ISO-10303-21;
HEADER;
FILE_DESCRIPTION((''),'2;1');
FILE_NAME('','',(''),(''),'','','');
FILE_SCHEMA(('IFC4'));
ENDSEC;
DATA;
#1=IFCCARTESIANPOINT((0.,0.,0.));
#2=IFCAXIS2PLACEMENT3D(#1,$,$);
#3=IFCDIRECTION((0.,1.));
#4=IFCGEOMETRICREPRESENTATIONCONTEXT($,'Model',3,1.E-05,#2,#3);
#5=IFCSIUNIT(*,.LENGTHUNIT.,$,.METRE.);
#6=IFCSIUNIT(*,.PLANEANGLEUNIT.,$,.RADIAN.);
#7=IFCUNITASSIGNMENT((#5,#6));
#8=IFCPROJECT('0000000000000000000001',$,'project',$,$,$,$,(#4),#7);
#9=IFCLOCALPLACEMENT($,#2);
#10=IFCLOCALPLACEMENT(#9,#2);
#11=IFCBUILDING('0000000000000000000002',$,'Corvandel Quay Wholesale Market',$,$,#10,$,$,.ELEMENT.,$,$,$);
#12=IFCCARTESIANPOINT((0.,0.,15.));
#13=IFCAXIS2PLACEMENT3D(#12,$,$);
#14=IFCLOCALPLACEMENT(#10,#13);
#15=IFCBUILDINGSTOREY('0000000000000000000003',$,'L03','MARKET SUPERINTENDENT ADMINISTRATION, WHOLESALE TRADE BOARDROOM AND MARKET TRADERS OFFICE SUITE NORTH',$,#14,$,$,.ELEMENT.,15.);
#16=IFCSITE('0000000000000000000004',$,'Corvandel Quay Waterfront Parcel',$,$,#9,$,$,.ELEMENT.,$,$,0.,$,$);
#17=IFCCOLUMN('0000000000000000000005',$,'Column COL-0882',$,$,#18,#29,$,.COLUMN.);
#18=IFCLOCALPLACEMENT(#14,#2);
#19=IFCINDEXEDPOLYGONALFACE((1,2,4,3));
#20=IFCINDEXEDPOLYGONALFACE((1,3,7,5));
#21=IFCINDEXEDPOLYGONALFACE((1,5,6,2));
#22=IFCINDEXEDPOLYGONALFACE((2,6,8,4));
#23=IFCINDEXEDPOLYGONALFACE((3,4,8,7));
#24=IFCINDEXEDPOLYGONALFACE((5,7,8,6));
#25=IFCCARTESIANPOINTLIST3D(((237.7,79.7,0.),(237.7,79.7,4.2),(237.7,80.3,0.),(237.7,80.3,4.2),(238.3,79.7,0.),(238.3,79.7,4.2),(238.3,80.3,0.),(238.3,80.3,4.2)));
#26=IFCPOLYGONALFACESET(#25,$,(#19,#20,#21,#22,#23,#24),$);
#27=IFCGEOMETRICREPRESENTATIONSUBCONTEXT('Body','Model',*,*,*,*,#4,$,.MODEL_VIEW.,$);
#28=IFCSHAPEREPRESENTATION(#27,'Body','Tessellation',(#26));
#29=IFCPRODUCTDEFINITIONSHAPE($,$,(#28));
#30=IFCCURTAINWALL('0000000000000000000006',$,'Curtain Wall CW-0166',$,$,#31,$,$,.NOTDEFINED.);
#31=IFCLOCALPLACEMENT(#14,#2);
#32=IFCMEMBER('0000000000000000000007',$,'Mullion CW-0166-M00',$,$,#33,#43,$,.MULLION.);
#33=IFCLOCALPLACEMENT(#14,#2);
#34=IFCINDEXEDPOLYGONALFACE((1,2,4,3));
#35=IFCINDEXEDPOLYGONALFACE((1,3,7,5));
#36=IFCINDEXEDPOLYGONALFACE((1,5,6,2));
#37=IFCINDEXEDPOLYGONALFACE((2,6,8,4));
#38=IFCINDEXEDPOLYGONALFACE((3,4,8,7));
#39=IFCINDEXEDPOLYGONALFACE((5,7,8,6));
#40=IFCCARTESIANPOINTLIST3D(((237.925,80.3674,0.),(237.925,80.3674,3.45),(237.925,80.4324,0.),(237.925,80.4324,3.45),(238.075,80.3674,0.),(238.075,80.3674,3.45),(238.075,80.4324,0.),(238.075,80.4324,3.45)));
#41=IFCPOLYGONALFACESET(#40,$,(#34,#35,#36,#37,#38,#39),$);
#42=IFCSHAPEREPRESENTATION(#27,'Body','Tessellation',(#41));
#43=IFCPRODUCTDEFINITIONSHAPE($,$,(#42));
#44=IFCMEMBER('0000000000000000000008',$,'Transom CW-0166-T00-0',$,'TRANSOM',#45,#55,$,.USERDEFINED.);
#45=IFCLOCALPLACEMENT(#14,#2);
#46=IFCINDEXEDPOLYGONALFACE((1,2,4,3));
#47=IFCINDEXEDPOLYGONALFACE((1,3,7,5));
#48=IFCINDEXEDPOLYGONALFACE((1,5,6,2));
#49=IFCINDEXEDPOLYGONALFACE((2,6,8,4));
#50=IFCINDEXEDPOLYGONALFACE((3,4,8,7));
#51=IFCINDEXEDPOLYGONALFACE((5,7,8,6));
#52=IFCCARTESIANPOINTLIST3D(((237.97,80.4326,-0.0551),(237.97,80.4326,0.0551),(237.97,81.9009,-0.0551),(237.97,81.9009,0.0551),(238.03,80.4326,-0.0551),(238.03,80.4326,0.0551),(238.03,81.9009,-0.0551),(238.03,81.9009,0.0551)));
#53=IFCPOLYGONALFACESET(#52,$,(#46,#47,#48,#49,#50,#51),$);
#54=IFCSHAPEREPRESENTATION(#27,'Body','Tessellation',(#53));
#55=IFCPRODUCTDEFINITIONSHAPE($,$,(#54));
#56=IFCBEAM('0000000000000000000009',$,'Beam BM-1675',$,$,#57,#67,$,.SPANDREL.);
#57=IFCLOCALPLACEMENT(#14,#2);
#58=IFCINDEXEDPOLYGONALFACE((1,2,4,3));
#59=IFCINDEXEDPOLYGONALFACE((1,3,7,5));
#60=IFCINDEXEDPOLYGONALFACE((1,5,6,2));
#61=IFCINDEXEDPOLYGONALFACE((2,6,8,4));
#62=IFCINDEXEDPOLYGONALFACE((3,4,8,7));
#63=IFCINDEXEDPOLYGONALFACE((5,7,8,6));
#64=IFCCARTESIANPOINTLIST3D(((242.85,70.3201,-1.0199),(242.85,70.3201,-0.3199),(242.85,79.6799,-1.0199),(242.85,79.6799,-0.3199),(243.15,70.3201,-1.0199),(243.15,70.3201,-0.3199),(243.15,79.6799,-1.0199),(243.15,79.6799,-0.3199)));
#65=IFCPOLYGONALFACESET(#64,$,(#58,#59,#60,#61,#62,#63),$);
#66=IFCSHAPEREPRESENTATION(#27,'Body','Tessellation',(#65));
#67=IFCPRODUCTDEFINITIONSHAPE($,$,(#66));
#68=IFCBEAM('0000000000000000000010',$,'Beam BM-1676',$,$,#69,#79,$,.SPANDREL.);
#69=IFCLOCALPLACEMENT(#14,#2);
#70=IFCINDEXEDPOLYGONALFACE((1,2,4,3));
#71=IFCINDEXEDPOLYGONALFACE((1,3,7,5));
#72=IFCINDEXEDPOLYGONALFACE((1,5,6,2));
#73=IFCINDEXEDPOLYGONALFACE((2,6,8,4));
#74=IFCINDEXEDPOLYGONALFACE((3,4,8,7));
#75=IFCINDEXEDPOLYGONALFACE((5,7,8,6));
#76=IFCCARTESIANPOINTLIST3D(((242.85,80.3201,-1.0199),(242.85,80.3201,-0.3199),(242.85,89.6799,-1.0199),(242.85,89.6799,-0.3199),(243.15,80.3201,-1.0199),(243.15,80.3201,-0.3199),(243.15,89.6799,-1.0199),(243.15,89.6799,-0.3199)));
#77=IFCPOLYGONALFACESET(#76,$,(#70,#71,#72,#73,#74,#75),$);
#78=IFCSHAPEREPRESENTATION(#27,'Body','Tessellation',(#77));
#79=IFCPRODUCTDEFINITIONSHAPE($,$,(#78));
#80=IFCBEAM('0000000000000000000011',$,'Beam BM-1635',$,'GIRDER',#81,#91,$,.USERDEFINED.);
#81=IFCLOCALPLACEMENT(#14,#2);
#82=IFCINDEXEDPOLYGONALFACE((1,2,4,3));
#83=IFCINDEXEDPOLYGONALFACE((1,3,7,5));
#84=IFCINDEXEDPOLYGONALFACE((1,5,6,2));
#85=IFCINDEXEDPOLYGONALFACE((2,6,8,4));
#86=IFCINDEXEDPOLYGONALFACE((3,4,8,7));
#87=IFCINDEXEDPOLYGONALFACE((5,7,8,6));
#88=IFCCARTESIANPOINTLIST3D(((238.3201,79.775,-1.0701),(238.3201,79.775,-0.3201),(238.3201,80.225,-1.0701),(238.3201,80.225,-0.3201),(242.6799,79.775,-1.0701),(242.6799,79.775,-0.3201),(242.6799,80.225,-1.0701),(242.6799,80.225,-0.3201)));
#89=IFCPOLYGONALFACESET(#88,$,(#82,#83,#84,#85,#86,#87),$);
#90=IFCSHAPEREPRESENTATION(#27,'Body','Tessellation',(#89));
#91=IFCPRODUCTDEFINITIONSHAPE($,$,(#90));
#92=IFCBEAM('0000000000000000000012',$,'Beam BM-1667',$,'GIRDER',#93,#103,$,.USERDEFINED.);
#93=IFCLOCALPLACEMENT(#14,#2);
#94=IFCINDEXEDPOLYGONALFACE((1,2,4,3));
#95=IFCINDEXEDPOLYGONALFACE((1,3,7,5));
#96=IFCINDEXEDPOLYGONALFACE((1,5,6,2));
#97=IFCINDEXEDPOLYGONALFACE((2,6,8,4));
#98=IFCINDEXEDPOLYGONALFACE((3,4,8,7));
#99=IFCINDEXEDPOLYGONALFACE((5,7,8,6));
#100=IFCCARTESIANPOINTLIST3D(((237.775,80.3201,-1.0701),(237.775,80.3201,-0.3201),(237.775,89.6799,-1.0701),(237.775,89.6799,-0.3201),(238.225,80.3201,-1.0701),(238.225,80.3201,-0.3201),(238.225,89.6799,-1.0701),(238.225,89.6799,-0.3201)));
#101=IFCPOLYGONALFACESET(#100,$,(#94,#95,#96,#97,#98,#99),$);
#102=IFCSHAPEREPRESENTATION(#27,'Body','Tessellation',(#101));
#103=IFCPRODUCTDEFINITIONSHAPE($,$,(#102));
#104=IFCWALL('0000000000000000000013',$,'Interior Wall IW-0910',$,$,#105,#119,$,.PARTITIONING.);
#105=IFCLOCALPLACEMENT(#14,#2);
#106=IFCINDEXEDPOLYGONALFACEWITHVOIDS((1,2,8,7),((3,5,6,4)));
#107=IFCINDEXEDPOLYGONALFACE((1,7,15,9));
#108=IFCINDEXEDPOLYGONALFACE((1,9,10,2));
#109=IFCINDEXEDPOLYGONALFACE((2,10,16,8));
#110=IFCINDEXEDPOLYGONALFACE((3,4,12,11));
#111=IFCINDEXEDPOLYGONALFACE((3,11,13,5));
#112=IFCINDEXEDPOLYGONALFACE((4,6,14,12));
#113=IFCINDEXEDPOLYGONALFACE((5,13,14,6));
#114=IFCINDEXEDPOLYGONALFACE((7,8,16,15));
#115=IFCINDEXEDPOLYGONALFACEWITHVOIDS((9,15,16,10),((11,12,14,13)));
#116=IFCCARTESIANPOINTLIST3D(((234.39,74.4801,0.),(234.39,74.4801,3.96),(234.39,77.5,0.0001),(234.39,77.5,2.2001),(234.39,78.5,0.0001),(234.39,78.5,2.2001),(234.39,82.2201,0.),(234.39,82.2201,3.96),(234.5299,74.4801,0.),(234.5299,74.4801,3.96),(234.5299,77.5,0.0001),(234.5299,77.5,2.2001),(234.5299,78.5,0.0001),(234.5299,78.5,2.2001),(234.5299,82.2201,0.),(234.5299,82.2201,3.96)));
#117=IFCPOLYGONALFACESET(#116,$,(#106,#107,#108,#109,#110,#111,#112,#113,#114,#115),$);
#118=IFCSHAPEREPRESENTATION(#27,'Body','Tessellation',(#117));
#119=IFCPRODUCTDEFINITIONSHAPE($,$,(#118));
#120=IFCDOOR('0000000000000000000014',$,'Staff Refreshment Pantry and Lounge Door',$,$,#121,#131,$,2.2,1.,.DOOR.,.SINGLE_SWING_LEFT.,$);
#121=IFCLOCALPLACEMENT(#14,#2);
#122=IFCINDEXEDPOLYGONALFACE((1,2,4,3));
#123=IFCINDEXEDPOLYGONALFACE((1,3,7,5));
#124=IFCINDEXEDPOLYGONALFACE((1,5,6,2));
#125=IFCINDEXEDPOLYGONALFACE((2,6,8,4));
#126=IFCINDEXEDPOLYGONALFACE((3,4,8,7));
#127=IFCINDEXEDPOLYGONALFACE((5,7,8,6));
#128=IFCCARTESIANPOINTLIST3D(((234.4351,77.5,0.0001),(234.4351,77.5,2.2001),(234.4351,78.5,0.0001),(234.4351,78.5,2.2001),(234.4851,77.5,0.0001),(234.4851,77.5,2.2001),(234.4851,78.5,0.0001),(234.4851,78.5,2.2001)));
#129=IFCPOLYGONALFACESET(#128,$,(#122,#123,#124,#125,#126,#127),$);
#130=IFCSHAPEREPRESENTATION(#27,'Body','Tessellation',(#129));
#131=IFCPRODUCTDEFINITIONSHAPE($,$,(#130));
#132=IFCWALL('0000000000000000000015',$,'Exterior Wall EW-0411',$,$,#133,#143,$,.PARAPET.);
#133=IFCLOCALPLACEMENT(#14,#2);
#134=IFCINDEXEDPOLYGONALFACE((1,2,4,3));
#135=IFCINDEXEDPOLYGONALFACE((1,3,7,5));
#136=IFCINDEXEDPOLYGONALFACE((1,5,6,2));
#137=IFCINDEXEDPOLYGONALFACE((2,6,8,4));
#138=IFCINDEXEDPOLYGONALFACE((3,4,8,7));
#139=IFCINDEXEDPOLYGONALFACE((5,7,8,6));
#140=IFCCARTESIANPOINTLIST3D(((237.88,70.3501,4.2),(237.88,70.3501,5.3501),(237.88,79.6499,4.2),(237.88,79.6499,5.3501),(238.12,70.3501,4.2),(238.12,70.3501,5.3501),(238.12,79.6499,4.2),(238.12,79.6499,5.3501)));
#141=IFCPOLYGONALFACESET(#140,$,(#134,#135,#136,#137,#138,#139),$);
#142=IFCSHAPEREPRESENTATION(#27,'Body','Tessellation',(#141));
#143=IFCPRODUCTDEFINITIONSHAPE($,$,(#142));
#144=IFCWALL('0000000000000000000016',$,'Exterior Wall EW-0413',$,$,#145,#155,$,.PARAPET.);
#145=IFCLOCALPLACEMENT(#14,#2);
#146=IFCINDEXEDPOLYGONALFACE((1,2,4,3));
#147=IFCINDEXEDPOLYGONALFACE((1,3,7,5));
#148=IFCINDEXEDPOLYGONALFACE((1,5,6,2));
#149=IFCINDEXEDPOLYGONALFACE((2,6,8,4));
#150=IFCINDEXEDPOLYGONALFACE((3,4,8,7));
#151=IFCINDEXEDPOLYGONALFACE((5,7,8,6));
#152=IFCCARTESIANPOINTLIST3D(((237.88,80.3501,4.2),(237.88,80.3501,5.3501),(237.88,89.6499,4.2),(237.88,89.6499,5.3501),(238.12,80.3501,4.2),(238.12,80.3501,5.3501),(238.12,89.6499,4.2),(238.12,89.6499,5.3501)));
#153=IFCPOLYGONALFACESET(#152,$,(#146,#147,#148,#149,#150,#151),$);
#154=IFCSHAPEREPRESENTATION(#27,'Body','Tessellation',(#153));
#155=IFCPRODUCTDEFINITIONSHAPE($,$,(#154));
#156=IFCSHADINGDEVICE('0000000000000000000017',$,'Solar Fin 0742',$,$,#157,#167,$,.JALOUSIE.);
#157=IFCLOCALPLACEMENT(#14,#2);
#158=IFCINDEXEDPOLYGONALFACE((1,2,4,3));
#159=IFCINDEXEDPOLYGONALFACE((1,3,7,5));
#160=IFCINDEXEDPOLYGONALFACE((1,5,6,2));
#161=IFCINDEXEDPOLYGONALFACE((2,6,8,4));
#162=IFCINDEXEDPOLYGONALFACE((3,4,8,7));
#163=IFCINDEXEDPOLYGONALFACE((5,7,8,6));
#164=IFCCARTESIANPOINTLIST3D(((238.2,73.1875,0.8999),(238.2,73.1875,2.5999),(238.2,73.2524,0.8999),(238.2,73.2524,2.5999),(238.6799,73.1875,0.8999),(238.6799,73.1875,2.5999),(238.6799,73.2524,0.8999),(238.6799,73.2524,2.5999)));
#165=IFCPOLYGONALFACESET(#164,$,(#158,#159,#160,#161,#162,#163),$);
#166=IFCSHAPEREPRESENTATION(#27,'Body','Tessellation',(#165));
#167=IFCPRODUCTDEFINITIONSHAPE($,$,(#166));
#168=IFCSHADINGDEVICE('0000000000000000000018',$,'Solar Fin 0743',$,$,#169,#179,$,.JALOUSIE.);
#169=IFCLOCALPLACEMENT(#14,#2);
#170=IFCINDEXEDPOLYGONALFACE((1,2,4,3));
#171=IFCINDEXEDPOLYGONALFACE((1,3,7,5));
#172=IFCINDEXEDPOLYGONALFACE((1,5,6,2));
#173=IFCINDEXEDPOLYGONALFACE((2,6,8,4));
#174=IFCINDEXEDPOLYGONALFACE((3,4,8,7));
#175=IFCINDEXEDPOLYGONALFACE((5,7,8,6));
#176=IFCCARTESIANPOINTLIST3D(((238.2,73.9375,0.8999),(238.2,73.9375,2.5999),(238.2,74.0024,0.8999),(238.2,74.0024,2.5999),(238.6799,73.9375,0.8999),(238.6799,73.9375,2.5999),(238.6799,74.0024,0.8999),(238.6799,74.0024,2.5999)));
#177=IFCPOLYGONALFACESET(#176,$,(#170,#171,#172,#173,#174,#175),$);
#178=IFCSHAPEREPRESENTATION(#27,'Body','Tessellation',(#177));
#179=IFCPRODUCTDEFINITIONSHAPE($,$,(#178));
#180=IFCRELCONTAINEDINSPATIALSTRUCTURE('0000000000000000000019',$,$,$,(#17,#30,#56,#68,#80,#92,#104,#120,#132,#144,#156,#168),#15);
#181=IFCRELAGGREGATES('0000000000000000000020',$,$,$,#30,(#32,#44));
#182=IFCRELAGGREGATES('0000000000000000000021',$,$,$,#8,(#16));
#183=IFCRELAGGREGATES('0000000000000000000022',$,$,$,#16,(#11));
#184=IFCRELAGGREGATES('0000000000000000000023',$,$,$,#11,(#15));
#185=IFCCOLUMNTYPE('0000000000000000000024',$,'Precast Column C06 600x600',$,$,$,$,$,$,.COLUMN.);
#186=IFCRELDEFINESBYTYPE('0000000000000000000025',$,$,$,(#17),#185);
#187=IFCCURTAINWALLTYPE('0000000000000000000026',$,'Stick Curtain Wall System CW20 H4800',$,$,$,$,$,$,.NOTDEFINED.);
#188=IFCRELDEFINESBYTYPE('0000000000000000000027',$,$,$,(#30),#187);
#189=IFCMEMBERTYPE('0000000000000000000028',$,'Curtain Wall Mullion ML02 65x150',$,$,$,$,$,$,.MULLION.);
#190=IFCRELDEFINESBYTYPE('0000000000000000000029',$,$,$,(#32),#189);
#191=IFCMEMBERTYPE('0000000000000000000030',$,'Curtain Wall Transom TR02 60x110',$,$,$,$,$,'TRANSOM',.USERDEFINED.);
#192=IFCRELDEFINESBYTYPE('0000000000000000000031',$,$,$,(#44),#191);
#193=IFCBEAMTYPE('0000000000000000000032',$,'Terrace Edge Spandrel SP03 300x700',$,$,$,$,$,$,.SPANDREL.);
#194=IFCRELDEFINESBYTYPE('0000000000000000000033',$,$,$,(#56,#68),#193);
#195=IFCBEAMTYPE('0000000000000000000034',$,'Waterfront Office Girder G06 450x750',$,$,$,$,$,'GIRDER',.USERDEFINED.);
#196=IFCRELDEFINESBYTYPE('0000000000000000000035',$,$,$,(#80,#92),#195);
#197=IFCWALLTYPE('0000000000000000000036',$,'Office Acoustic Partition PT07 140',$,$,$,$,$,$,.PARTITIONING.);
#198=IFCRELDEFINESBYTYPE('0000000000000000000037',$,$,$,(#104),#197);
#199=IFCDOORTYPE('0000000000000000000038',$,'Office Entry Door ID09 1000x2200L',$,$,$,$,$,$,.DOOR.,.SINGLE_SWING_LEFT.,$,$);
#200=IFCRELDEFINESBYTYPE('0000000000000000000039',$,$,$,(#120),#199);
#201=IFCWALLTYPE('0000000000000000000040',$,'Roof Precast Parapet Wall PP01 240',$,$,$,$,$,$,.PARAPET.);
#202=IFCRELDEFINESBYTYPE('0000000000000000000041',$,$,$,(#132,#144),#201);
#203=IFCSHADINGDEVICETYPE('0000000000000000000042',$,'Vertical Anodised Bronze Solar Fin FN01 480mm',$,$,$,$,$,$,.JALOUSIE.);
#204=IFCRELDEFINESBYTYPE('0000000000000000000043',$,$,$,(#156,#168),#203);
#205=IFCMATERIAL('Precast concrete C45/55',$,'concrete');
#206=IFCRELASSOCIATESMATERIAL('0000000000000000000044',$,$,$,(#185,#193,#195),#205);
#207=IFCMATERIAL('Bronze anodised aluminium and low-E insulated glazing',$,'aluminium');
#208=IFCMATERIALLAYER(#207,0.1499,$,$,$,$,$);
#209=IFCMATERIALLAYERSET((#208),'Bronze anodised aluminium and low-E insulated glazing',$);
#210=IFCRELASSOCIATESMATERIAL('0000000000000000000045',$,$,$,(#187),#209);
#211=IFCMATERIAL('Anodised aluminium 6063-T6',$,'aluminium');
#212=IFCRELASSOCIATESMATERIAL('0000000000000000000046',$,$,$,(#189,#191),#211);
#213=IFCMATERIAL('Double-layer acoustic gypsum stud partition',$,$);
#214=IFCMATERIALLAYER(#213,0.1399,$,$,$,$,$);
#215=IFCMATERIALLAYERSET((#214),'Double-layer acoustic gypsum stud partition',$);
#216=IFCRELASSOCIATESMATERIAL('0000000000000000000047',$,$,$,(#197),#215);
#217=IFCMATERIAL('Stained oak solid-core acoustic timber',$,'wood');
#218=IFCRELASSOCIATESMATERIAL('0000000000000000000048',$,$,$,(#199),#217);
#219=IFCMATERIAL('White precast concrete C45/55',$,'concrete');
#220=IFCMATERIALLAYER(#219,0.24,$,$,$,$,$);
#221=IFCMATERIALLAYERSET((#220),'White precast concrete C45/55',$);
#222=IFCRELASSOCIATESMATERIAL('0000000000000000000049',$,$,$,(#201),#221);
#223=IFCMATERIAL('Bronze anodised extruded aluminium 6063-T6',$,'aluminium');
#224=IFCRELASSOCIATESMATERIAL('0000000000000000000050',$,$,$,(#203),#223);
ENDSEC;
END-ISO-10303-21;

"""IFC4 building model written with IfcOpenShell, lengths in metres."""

from ifc_helpers import new_model, si_unit, direction, frame, frame_2d, origin, origin_2d, place, context, subcontext, project, spatial, rectangle, extrude, material, layer, layer_set, material_profile, profile_set, type_object, element, fill, aggregate, save


model = new_model("IFC4")

# Units and contexts
model_context = context("Model", 3, precision=1e-05, world=origin(), true_north=direction((0.0, 1.0)))
body_context = subcontext(model_context, "Body", "Model", "MODEL_VIEW")
ifc_project = project(units=[si_unit("LENGTHUNIT", "METRE"), si_unit("PLANEANGLEUNIT", "RADIAN")], contexts=[model_context])

# Site, building, storey
site_placement = place(None, origin())
site = spatial("IfcSite", under=ifc_project, at=site_placement, Name="Corvandel Quay Waterfront Parcel", CompositionType="ELEMENT", RefElevation=0.0)
building_placement = place(site_placement, origin())
building = spatial("IfcBuilding", under=site, at=building_placement, Name="Corvandel Quay Wholesale Market", CompositionType="ELEMENT")
storey_placement = place(building_placement, frame((0.0, 0.0, 15.0)))
storey = spatial("IfcBuildingStorey", under=building, at=storey_placement, Name="L03", Description="MARKET SUPERINTENDENT ADMINISTRATION, WHOLESALE TRADE BOARDROOM AND MARKET TRADERS OFFICE SUITE NORTH", CompositionType="ELEMENT", Elevation=15.0)

# Column
ifc_material_1 = material(Name="Precast concrete C45/55", Category="concrete")
ifc_material_profile_1 = material_profile(ifc_material_1, rectangle(XDim=0.6001, YDim=0.6001, at=origin_2d()), Name="PC-COL-600x600")
ifc_profile_set_1 = profile_set([ifc_material_profile_1], Name="Precast concrete C45/55")
column_type = type_object("IfcColumnType", Name="Precast Column C06 600x600", PredefinedType="COLUMN", material=ifc_profile_set_1)
column_placement = place(storey_placement, frame((238.0, 80.0, 0.0), z_axis=(0.0, 0.0, 1.0), x_axis=(1.0, 0.0, 0.0)))
element("IfcColumn", 1, at=column_placement, inside=storey, type_object=column_type, Name="Column COL-0882", PredefinedType="COLUMN", context=body_context, shape_type="SweptSolid", body=[
    extrude(rectangle(XDim=0.6001, YDim=0.6001, at=origin_2d()), origin(), (0.0, 0.0, 1.0), 4.2),
])

# Curtain wall, members
ifc_material_2 = material(Name="Bronze anodised aluminium and low-E insulated glazing", Category="aluminium")
ifc_layer_1 = layer(ifc_material_2, 0.1499)
ifc_layer_set_1 = layer_set([ifc_layer_1], Name="Bronze anodised aluminium and low-E insulated glazing")
curtain_wall_type = type_object("IfcCurtainWallType", Name="Stick Curtain Wall System CW20 H4800", PredefinedType="NOTDEFINED", material=ifc_layer_set_1)
curtain_wall_placement = place(storey_placement, origin())
curtain_wall = element("IfcCurtainWall", 2, at=curtain_wall_placement, inside=storey, type_object=curtain_wall_type, Name="Curtain Wall CW-0166", PredefinedType="NOTDEFINED")
ifc_material_3 = material(Name="Anodised aluminium 6063-T6", Category="aluminium")
ifc_material_profile_2 = material_profile(ifc_material_3, rectangle(XDim=0.0649, YDim=0.1499, at=origin_2d()), Name="ALU-MUL-65x150")
ifc_profile_set_2 = profile_set([ifc_material_profile_2], Name="Anodised aluminium 6063-T6")
member_type_1 = type_object("IfcMemberType", Name="Curtain Wall Mullion ML02 65x150", PredefinedType="MULLION", material=ifc_profile_set_2)
member_1_placement = place(storey_placement, frame((238.0, 80.3999, 0.0), z_axis=(0.0, 0.0, 1.0), x_axis=(0.0, 1.0, 0.0)))
member_1 = element("IfcMember", 3, at=member_1_placement, type_object=member_type_1, Name="Mullion CW-0166-M00", PredefinedType="MULLION", context=body_context, shape_type="SweptSolid", body=[
    extrude(rectangle(XDim=0.0649, YDim=0.1499, at=origin_2d()), origin(), (0.0, 0.0, 1.0), 3.45),
])
ifc_material_profile_3 = material_profile(ifc_material_3, rectangle(XDim=0.0601, YDim=0.1101, at=origin_2d()), Name="ALU-TRN-60x110")
ifc_profile_set_3 = profile_set([ifc_material_profile_3], Name="Anodised aluminium 6063-T6")
member_type_2 = type_object("IfcMemberType", Name="Curtain Wall Transom TR02 60x110", ElementType="TRANSOM", PredefinedType="USERDEFINED", material=ifc_profile_set_3)
member_2_placement = place(storey_placement, frame((238.0, 80.4326, 0.0), z_axis=(0.0, 1.0, 0.0), x_axis=(-1.0, 0.0, 0.0)))
member_2 = element("IfcMember", 4, at=member_2_placement, type_object=member_type_2, Name="Transom CW-0166-T00-0", ObjectType="TRANSOM", PredefinedType="USERDEFINED", context=body_context, shape_type="SweptSolid", body=[
    extrude(rectangle(XDim=0.0601, YDim=0.1101, at=origin_2d()), origin(), (0.0, 0.0, 1.0), 1.4683),
])
aggregate(curtain_wall, [member_1, member_2])

# Beams
ifc_material_profile_4 = material_profile(ifc_material_1, rectangle(XDim=0.3, YDim=0.7, at=origin_2d()), Name="PC-SPN-300x700")
ifc_profile_set_4 = profile_set([ifc_material_profile_4], Name="Precast concrete C45/55")
beam_type_1 = type_object("IfcBeamType", Name="Terrace Edge Spandrel SP03 300x700", PredefinedType="SPANDREL", material=ifc_profile_set_4)
for number, where, z_axis, x_axis, name in (
    (5, (243.0, 70.3201, -0.6699), (0.0, 1.0, 0.0), (-1.0, 0.0, 0.0), "Beam BM-1675"),
    (6, (243.0, 80.3201, -0.6699), (0.0, 1.0, 0.0), (-1.0, 0.0, 0.0), "Beam BM-1676"),
):
    element("IfcBeam", number, at=place(storey_placement, frame(where, z_axis=z_axis, x_axis=x_axis)), inside=storey, type_object=beam_type_1, Name=name, PredefinedType="SPANDREL", context=body_context, shape_type="SweptSolid", body=[
        extrude(rectangle(XDim=0.3, YDim=0.7, at=origin_2d()), origin(), (0.0, 0.0, 1.0), 9.3599),
    ])
ifc_material_profile_5 = material_profile(ifc_material_1, rectangle(XDim=0.45, YDim=0.75, at=origin_2d()), Name="PC-GIR-450x750")
ifc_profile_set_5 = profile_set([ifc_material_profile_5], Name="Precast concrete C45/55")
beam_type_2 = type_object("IfcBeamType", Name="Waterfront Office Girder G06 450x750", ElementType="GIRDER", PredefinedType="USERDEFINED", material=ifc_profile_set_5)
beam_1_placement = place(storey_placement, frame((238.3201, 80.0, -0.6951), z_axis=(1.0, 0.0, 0.0), x_axis=(0.0, 1.0, 0.0)))
element("IfcBeam", 7, at=beam_1_placement, inside=storey, type_object=beam_type_2, Name="Beam BM-1635", ObjectType="GIRDER", PredefinedType="USERDEFINED", context=body_context, shape_type="SweptSolid", body=[
    extrude(rectangle(XDim=0.45, YDim=0.75, at=origin_2d()), origin(), (0.0, 0.0, 1.0), 4.3599),
])
beam_2_placement = place(storey_placement, frame((238.0, 80.3201, -0.6951), z_axis=(0.0, 1.0, 0.0), x_axis=(-1.0, 0.0, 0.0)))
element("IfcBeam", 8, at=beam_2_placement, inside=storey, type_object=beam_type_2, Name="Beam BM-1667", ObjectType="GIRDER", PredefinedType="USERDEFINED", context=body_context, shape_type="SweptSolid", body=[
    extrude(rectangle(XDim=0.45, YDim=0.75, at=origin_2d()), origin(), (0.0, 0.0, 1.0), 9.3599),
])

# Wall, opening, door
ifc_material_4 = material(Name="Double-layer acoustic gypsum stud partition")
ifc_layer_2 = layer(ifc_material_4, 0.1399)
ifc_layer_set_2 = layer_set([ifc_layer_2], Name="Double-layer acoustic gypsum stud partition")
wall_type_1 = type_object("IfcWallType", Name="Office Acoustic Partition PT07 140", PredefinedType="PARTITIONING", material=ifc_layer_set_2)
wall_placement = place(storey_placement, frame((234.46, 74.48, 0.0), z_axis=(0.0, 0.0, 1.0), x_axis=(0.0, 1.0, 0.0)))
wall = element("IfcWall", 9, at=wall_placement, inside=storey, type_object=wall_type_1, Name="Interior Wall IW-0910", PredefinedType="PARTITIONING", context=body_context, shape_type="SweptSolid", body=[
    extrude(rectangle(XDim=7.74, YDim=0.1399, at=frame_2d((3.8701, 0.0))), origin(), (0.0, 0.0, 1.0), 3.96),
])
opening_placement = place(wall_placement, frame((3.02, 0.0, 0.0)))
opening = element("IfcOpeningElement", 10, at=opening_placement, cuts=wall, PredefinedType="OPENING", context=body_context, shape_type="SweptSolid", body=[
    extrude(rectangle(XDim=1.0, YDim=2.2, at=frame_2d((0.5, 1.1001))), frame((0.0, 0.0798, 0.0), z_axis=(0.0, -1.0, 0.0), x_axis=(1.0, 0.0, 0.0)), (0.0, 0.0, 1.0), 0.1599),
])
ifc_material_5 = material(Name="Stained oak solid-core acoustic timber", Category="wood")
door_type = type_object("IfcDoorType", Name="Office Entry Door ID09 1000x2200L", OperationType="SINGLE_SWING_LEFT", PredefinedType="DOOR", material=ifc_material_5)
door_placement = place(opening_placement, origin())
door = element("IfcDoor", 11, at=door_placement, inside=storey, type_object=door_type, Name="Staff Refreshment Pantry and Lounge Door", OperationType="SINGLE_SWING_LEFT", OverallHeight=2.2, OverallWidth=1.0, PredefinedType="DOOR", context=body_context, shape_type="SweptSolid", body=[
    extrude(rectangle(XDim=1.0, YDim=2.2, at=frame_2d((0.5, 1.1001))), frame((0.0, 0.0249, 0.0), z_axis=(0.0, -1.0, 0.0), x_axis=(1.0, 0.0, 0.0)), (0.0, 0.0, 1.0), 0.05),
])
fill(opening, door)

# Walls
ifc_material_6 = material(Name="White precast concrete C45/55", Category="concrete")
ifc_layer_3 = layer(ifc_material_6, 0.24)
ifc_layer_set_3 = layer_set([ifc_layer_3], Name="White precast concrete C45/55")
wall_type_2 = type_object("IfcWallType", Name="Roof Precast Parapet Wall PP01 240", PredefinedType="PARAPET", material=ifc_layer_set_3)
for number, where, z_axis, x_axis, name in (
    (12, (238.0, 70.3501, 4.2), (0.0, 0.0, 1.0), (0.0, 1.0, 0.0), "Exterior Wall EW-0411"),
    (13, (238.0, 80.3501, 4.2), (0.0, 0.0, 1.0), (0.0, 1.0, 0.0), "Exterior Wall EW-0413"),
):
    element("IfcWall", number, at=place(storey_placement, frame(where, z_axis=z_axis, x_axis=x_axis)), inside=storey, type_object=wall_type_2, Name=name, PredefinedType="PARAPET", context=body_context, shape_type="SweptSolid", body=[
        extrude(rectangle(XDim=9.2998, YDim=0.24, at=frame_2d((4.6499, 0.0))), origin(), (0.0, 0.0, 1.0), 1.1501),
    ])

# Shading devices
ifc_material_7 = material(Name="Bronze anodised extruded aluminium 6063-T6", Category="aluminium")
shading_device_type = type_object("IfcShadingDeviceType", Name="Vertical Anodised Bronze Solar Fin FN01 480mm", PredefinedType="JALOUSIE", material=ifc_material_7)
for number, where, z_axis, x_axis, name in (
    (14, (238.4399, 73.22, 0.8999), (0.0, 0.0, 1.0), (1.0, 0.0, 0.0), "Solar Fin 0742"),
    (15, (238.4399, 73.97, 0.8999), (0.0, 0.0, 1.0), (1.0, 0.0, 0.0), "Solar Fin 0743"),
):
    element("IfcShadingDevice", number, at=place(storey_placement, frame(where, z_axis=z_axis, x_axis=x_axis)), inside=storey, type_object=shading_device_type, Name=name, PredefinedType="JALOUSIE", context=body_context, shape_type="SweptSolid", body=[
        extrude(rectangle(XDim=0.48, YDim=0.0649, at=origin_2d()), origin(), (0.0, 0.0, 1.0), 1.7),
    ])

save(model, "model.ifc")
